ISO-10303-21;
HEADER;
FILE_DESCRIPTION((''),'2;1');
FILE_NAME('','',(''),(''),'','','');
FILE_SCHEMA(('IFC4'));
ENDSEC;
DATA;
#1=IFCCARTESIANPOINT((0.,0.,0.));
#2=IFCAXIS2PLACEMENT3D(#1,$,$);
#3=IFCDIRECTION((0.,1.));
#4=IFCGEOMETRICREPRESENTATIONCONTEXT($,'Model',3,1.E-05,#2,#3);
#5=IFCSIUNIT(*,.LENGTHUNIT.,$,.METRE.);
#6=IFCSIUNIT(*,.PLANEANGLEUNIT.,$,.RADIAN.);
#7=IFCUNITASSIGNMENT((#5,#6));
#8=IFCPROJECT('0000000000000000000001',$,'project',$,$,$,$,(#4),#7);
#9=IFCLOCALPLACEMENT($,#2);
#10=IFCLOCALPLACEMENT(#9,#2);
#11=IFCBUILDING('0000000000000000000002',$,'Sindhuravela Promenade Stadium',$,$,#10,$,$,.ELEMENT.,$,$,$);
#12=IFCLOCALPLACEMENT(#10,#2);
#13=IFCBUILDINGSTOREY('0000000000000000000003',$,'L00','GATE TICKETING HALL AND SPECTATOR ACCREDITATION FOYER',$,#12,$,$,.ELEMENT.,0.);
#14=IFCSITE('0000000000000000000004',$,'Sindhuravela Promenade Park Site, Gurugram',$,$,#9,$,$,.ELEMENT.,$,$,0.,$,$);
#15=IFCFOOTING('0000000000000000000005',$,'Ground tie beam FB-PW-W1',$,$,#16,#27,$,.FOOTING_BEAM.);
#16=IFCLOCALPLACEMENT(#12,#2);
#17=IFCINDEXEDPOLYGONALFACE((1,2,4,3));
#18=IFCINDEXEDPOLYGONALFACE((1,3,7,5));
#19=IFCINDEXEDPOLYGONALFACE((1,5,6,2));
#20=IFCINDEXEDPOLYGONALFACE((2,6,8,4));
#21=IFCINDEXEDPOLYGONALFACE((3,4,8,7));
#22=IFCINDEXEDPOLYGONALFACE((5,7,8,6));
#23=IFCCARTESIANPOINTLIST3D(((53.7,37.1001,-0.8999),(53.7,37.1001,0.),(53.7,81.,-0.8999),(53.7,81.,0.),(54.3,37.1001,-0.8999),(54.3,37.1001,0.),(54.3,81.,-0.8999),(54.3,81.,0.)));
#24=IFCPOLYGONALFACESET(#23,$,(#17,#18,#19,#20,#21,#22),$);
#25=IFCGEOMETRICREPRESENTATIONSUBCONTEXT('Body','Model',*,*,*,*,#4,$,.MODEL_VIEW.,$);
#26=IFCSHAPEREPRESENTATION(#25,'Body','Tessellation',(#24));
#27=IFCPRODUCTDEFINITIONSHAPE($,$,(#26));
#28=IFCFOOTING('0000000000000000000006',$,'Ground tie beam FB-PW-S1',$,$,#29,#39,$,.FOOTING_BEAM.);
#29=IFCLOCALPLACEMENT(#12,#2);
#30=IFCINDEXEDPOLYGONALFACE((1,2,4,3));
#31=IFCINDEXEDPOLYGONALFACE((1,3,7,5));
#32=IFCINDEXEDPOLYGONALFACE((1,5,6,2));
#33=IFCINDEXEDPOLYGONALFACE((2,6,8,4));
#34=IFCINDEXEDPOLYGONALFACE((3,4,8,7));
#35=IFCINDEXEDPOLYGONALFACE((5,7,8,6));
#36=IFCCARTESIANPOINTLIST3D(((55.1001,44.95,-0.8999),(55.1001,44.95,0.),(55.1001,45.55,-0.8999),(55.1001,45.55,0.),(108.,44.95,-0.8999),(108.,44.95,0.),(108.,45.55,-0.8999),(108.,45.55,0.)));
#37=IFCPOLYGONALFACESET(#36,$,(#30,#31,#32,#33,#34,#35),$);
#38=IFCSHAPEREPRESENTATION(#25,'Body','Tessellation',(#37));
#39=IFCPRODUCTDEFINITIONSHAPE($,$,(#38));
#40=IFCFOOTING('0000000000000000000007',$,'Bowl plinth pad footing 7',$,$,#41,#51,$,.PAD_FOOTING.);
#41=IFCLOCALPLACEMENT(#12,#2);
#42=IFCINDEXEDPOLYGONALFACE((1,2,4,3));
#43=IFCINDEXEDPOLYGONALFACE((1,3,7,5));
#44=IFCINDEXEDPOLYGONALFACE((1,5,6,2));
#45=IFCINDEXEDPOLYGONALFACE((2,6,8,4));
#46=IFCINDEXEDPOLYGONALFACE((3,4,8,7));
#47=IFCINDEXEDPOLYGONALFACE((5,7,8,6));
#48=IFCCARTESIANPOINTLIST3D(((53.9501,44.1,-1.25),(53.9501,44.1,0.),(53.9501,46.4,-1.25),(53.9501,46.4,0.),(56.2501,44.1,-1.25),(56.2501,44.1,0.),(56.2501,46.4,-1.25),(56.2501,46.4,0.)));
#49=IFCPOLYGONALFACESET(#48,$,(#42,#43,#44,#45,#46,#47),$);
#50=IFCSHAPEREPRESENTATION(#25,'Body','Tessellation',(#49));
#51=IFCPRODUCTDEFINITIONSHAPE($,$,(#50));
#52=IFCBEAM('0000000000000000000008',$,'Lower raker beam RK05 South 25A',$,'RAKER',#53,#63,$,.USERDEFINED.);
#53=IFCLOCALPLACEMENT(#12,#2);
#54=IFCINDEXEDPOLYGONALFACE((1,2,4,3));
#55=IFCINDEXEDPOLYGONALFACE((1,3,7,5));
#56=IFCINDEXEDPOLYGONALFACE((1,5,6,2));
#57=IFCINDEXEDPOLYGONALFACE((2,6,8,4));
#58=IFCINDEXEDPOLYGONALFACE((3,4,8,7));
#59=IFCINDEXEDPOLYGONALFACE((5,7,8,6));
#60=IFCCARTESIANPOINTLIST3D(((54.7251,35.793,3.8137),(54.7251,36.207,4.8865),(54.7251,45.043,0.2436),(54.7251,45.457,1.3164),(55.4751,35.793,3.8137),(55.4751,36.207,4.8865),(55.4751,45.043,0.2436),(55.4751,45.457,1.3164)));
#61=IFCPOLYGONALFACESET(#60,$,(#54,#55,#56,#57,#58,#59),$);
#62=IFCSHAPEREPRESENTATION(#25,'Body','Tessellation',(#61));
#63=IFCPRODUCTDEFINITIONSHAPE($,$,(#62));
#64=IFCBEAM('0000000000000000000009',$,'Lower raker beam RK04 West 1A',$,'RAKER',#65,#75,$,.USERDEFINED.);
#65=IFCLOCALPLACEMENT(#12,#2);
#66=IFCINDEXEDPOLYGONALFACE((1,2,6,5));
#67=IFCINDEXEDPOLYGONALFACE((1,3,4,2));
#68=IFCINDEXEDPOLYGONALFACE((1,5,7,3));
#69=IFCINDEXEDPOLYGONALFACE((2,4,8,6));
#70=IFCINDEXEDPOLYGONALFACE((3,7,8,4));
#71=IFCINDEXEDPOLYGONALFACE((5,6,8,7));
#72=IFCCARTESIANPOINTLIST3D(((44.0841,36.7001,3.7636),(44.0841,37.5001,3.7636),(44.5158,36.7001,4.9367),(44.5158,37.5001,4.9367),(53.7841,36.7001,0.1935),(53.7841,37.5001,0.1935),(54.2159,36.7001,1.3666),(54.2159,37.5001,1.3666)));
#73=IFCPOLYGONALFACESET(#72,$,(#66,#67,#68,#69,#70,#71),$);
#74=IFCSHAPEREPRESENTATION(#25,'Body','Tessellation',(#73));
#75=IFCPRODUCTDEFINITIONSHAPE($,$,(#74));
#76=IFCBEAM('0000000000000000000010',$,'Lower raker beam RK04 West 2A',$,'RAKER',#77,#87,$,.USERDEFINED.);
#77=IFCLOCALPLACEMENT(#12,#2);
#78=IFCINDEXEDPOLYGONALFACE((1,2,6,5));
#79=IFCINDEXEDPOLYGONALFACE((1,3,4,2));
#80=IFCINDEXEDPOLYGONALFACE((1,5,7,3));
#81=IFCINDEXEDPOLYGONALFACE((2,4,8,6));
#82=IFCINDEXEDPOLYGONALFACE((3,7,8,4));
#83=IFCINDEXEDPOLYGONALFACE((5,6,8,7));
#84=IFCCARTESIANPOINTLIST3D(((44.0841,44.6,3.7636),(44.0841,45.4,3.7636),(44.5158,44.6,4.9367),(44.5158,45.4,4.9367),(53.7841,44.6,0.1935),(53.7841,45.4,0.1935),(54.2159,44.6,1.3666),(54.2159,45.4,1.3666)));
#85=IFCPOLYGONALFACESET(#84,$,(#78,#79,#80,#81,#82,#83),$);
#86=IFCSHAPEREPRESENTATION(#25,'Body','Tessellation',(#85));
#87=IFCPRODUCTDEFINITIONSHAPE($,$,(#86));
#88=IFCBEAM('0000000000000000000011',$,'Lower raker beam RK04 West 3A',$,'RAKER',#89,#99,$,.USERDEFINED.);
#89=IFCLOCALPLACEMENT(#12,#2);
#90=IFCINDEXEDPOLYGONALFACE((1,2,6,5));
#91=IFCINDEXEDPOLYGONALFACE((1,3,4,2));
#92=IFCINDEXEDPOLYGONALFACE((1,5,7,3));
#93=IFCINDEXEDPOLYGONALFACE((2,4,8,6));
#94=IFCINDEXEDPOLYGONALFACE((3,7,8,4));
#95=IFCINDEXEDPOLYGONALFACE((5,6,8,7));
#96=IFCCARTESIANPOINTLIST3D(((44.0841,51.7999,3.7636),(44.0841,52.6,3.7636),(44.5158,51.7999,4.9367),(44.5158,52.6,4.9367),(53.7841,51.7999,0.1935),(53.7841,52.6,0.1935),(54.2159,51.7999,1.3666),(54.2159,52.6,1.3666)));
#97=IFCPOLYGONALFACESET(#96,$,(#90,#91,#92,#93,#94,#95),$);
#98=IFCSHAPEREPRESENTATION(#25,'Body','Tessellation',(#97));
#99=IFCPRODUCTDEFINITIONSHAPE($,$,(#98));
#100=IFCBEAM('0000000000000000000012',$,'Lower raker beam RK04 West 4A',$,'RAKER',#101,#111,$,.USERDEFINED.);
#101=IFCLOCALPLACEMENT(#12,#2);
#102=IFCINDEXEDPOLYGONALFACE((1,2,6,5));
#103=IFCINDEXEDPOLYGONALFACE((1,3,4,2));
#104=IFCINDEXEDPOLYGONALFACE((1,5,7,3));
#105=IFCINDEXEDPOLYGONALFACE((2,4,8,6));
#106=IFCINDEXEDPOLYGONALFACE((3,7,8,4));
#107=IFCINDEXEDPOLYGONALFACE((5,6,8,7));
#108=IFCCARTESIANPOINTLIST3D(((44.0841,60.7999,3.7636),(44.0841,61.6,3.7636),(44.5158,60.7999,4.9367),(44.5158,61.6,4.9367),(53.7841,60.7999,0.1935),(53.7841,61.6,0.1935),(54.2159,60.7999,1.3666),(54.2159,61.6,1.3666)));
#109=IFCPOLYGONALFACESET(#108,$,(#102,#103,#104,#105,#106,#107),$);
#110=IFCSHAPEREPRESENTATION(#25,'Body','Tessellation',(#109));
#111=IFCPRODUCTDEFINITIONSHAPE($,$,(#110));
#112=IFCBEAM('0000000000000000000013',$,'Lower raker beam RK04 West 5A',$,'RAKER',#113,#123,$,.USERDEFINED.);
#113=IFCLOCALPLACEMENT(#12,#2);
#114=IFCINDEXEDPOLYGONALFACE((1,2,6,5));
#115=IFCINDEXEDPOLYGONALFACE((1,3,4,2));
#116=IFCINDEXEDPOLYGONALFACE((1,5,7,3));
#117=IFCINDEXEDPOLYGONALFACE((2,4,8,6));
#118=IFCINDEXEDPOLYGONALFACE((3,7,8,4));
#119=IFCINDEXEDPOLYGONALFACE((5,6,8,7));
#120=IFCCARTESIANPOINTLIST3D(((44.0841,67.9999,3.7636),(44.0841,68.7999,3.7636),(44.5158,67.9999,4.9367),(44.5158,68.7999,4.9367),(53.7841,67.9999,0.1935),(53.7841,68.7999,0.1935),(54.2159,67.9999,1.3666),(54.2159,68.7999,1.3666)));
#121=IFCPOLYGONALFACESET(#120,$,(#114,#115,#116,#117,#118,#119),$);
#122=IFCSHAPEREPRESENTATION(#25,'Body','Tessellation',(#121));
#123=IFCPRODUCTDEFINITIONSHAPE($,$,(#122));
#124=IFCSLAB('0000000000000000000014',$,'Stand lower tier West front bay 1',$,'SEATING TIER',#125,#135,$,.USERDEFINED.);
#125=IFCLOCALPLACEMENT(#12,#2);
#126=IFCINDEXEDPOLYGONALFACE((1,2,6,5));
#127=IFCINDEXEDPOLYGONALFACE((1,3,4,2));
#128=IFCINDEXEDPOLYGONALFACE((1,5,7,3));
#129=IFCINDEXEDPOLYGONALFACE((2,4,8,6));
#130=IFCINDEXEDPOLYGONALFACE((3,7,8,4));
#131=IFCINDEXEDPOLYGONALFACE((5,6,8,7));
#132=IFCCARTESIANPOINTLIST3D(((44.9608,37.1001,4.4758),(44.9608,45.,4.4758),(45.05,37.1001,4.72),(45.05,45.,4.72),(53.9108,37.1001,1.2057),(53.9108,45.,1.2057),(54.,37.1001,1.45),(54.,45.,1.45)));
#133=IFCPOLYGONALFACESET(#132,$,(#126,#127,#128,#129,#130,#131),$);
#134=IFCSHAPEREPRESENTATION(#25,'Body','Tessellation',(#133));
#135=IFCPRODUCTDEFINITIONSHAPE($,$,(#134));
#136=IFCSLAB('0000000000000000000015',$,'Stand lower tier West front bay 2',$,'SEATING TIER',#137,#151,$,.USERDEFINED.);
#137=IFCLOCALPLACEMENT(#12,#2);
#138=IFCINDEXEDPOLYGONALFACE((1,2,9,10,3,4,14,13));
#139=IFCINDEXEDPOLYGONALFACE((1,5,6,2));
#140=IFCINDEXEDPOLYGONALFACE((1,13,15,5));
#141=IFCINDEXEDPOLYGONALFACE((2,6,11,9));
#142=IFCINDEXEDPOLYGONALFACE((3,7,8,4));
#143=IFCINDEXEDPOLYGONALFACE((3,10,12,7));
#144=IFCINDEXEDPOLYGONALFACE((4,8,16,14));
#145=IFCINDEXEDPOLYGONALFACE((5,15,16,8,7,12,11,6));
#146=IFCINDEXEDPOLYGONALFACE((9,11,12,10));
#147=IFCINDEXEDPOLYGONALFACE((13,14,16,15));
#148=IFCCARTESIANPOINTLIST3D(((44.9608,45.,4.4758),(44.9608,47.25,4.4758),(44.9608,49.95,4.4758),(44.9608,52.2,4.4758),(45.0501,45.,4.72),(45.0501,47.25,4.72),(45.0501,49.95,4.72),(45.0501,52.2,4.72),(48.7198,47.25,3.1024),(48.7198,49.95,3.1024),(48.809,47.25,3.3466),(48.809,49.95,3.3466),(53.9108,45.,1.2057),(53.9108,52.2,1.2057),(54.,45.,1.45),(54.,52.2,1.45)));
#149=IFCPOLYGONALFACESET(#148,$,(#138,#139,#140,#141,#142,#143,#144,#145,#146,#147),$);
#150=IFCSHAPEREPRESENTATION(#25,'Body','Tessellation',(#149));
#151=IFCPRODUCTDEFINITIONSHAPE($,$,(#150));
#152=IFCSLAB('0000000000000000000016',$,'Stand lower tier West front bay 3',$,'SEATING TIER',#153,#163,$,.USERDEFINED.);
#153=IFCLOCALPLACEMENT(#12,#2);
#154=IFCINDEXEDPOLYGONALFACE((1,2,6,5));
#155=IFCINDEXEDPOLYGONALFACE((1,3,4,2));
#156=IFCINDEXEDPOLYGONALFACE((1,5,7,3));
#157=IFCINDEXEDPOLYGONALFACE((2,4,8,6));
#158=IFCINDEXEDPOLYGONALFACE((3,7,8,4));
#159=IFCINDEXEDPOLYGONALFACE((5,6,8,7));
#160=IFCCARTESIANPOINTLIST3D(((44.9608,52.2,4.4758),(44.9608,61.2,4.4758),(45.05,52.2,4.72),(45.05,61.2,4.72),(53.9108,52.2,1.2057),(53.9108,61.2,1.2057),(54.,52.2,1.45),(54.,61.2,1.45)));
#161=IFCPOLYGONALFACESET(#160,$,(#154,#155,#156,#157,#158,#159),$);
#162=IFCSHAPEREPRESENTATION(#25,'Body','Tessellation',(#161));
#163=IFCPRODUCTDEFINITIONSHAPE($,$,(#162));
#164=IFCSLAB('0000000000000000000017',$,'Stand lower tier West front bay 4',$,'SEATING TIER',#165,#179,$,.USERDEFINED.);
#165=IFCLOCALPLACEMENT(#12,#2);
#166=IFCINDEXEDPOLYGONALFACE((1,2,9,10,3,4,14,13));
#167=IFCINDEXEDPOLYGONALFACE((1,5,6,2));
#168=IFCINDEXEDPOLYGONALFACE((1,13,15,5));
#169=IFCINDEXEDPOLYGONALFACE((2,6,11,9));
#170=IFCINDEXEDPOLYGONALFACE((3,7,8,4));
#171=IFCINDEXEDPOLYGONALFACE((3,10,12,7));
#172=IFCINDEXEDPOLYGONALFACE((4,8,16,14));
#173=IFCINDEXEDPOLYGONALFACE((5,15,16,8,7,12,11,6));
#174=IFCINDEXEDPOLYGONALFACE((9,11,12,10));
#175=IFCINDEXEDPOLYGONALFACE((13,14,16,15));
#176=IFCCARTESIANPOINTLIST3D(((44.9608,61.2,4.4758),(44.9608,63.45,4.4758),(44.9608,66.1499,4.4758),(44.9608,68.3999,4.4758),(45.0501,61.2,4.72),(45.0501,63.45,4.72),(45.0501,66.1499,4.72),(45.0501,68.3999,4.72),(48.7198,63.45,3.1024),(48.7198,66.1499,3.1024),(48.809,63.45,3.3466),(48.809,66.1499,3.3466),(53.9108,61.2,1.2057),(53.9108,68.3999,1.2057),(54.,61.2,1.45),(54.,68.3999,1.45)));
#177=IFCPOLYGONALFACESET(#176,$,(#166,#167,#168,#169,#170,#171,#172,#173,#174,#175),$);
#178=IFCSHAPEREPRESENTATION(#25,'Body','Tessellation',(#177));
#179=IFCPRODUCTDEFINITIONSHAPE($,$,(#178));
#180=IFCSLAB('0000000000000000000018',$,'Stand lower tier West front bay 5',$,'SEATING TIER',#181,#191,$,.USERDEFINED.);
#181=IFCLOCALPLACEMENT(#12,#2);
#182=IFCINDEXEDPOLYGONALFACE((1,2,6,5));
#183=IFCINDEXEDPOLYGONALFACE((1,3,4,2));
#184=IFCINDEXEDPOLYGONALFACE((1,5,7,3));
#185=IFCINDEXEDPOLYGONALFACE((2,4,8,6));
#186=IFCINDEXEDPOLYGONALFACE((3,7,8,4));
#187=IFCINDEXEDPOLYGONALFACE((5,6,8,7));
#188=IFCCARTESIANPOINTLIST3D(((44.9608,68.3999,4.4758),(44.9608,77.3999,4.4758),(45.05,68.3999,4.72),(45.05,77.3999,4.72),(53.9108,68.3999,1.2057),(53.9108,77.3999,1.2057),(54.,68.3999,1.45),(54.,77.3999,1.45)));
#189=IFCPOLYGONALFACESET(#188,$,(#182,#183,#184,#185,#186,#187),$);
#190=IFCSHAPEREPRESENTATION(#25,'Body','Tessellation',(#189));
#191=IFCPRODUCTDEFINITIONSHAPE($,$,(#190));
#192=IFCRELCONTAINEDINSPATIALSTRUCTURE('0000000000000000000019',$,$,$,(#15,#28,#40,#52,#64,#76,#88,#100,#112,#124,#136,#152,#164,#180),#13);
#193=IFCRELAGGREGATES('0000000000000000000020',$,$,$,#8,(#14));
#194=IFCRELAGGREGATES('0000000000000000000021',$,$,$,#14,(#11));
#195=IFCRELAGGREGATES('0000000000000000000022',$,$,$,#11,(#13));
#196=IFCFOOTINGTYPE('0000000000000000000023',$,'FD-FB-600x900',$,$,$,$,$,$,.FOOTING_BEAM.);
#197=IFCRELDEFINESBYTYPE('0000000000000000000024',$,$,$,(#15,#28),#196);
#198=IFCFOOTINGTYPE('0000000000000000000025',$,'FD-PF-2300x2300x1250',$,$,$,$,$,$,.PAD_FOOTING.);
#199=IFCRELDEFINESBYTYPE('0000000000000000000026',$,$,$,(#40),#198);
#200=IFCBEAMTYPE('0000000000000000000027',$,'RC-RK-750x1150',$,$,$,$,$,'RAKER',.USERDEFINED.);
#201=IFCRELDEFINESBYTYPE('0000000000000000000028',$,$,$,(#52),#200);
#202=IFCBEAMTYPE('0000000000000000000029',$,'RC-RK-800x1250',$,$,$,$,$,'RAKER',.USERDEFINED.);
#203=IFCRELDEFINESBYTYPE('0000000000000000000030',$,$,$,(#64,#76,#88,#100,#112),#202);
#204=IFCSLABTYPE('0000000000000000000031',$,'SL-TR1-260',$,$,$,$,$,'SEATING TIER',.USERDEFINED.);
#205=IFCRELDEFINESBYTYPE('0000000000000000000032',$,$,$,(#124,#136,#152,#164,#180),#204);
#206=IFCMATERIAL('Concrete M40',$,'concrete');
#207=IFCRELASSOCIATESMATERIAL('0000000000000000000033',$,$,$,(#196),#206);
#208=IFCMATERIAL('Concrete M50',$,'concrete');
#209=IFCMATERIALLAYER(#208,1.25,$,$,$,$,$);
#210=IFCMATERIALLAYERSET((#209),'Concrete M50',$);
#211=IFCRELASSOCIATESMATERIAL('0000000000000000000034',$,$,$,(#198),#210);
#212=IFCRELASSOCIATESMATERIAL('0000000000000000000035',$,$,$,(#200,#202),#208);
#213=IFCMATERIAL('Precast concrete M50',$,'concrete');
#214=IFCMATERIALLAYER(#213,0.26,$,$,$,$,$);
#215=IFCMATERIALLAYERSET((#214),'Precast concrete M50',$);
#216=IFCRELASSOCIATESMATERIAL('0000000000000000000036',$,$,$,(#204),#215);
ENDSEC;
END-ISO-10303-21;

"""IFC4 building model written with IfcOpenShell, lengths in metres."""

from ifc_helpers import new_model, si_unit, direction, frame, origin, origin_2d, place, context, subcontext, project, spatial, polyline, rectangle, outline, extrude, material, layer, layer_set, material_profile, profile_set, type_object, element, save


model = new_model("IFC4")

# Units and contexts
model_context = context("Model", 3, precision=1e-05, world=origin(), true_north=direction((0.0, 1.0)))
body_context = subcontext(model_context, "Body", "Model", "MODEL_VIEW")
ifc_project = project(units=[si_unit("LENGTHUNIT", "METRE"), si_unit("PLANEANGLEUNIT", "RADIAN")], contexts=[model_context])

# Site, building, storey
site_placement = place(None, origin())
site = spatial("IfcSite", under=ifc_project, at=site_placement, Name="Sindhuravela Promenade Park Site, Gurugram", CompositionType="ELEMENT", RefElevation=0.0)
building_placement = place(site_placement, origin())
building = spatial("IfcBuilding", under=site, at=building_placement, Name="Sindhuravela Promenade Stadium", CompositionType="ELEMENT")
storey_placement = place(building_placement, origin())
storey = spatial("IfcBuildingStorey", under=building, at=storey_placement, Name="L00", Description="GATE TICKETING HALL AND SPECTATOR ACCREDITATION FOYER", CompositionType="ELEMENT", Elevation=0.0)

# Footings
ifc_material_1 = material(Name="Concrete M40", Category="concrete")
ifc_material_profile_1 = material_profile(ifc_material_1, rectangle(XDim=0.6001, YDim=0.8999, at=origin_2d()), Name="RC 600x900")
ifc_profile_set_1 = profile_set([ifc_material_profile_1], Name="Concrete M40")
footing_type_1 = type_object("IfcFootingType", Name="FD-FB-600x900", PredefinedType="FOOTING_BEAM", material=ifc_profile_set_1)
footing_1_placement = place(storey_placement, frame((54.0, 37.1001, -0.45), z_axis=(0.0, 1.0, 0.0), x_axis=(-1.0, 0.0, 0.0)))
element("IfcFooting", 1, at=footing_1_placement, inside=storey, type_object=footing_type_1, Name="Ground tie beam FB-PW-W1", PredefinedType="FOOTING_BEAM", context=body_context, shape_type="SweptSolid", body=[
    extrude(rectangle(XDim=0.6001, YDim=0.8999, at=origin_2d()), origin(), (0.0, 0.0, 1.0), 43.8999),
])
footing_2_placement = place(storey_placement, frame((55.1001, 45.25, -0.45), z_axis=(1.0, 0.0, 0.0), x_axis=(0.0, 1.0, 0.0)))
element("IfcFooting", 2, at=footing_2_placement, inside=storey, type_object=footing_type_1, Name="Ground tie beam FB-PW-S1", PredefinedType="FOOTING_BEAM", context=body_context, shape_type="SweptSolid", body=[
    extrude(rectangle(XDim=0.6001, YDim=0.8999, at=origin_2d()), origin(), (0.0, 0.0, 1.0), 52.8999),
])
ifc_material_2 = material(Name="Concrete M50", Category="concrete")
ifc_layer_1 = layer(ifc_material_2, 1.25)
ifc_layer_set_1 = layer_set([ifc_layer_1], Name="Concrete M50")
footing_type_2 = type_object("IfcFootingType", Name="FD-PF-2300x2300x1250", PredefinedType="PAD_FOOTING", material=ifc_layer_set_1)
footing_3_placement = place(storey_placement, frame((55.1001, 45.25, -1.25), z_axis=(0.0, 0.0, 1.0), x_axis=(1.0, 0.0, 0.0)))
element("IfcFooting", 3, at=footing_3_placement, inside=storey, type_object=footing_type_2, Name="Bowl plinth pad footing 7", PredefinedType="PAD_FOOTING", context=body_context, shape_type="SweptSolid", body=[
    extrude(rectangle(XDim=2.3, YDim=2.3, at=origin_2d()), origin(), (0.0, 0.0, 1.0), 1.25),
])

# Beams
ifc_material_profile_2 = material_profile(ifc_material_2, rectangle(XDim=0.75, YDim=1.1499, at=origin_2d()), Name="RC 750x1150")
ifc_profile_set_2 = profile_set([ifc_material_profile_2], Name="Concrete M50")
beam_type_1 = type_object("IfcBeamType", Name="RC-RK-750x1150", ElementType="RAKER", PredefinedType="USERDEFINED", material=ifc_profile_set_2)
beam_placement = place(storey_placement, frame((55.1001, 45.25, 0.78), z_axis=(0.0, -0.932927, 0.360066), x_axis=(1.0, 0.0, 0.0)))
element("IfcBeam", 4, at=beam_placement, inside=storey, type_object=beam_type_1, Name="Lower raker beam RK05 South 25A", ObjectType="RAKER", PredefinedType="USERDEFINED", context=body_context, shape_type="SweptSolid", body=[
    extrude(rectangle(XDim=0.75, YDim=1.1499, at=origin_2d()), origin(), (0.0, 0.0, 1.0), 9.915),
])
ifc_material_profile_3 = material_profile(ifc_material_2, rectangle(XDim=0.8, YDim=1.25, at=origin_2d()), Name="RC 800x1250")
ifc_profile_set_3 = profile_set([ifc_material_profile_3], Name="Concrete M50")
beam_type_2 = type_object("IfcBeamType", Name="RC-RK-800x1250", ElementType="RAKER", PredefinedType="USERDEFINED", material=ifc_profile_set_3)
for number, where, z_axis, x_axis, name in (
    (5, (54.0, 37.1001, 0.78), (-0.938456, 0.0, 0.345399), (0.0, -1.0, 0.0), "Lower raker beam RK04 West 1A"),
    (6, (54.0, 45.0, 0.78), (-0.938456, 0.0, 0.345399), (0.0, -1.0, 0.0), "Lower raker beam RK04 West 2A"),
    (7, (54.0, 52.2, 0.78), (-0.938456, 0.0, 0.345399), (0.0, -1.0, 0.0), "Lower raker beam RK04 West 3A"),
    (8, (54.0, 61.2, 0.78), (-0.938456, 0.0, 0.345399), (0.0, -1.0, 0.0), "Lower raker beam RK04 West 4A"),
    (9, (54.0, 68.3999, 0.78), (-0.938456, 0.0, 0.345399), (0.0, -1.0, 0.0), "Lower raker beam RK04 West 5A"),
):
    element("IfcBeam", number, at=place(storey_placement, frame(where, z_axis=z_axis, x_axis=x_axis)), inside=storey, type_object=beam_type_2, Name=name, ObjectType="RAKER", PredefinedType="USERDEFINED", context=body_context, shape_type="SweptSolid", body=[
        extrude(rectangle(XDim=0.8, YDim=1.25, at=origin_2d()), origin(), (0.0, 0.0, 1.0), 10.3362),
    ])

# Slabs
ifc_material_3 = material(Name="Precast concrete M50", Category="concrete")
ifc_layer_2 = layer(ifc_material_3, 0.26)
ifc_layer_set_2 = layer_set([ifc_layer_2], Name="Precast concrete M50")
slab_type = type_object("IfcSlabType", Name="SL-TR1-260", ElementType="SEATING TIER", PredefinedType="USERDEFINED", material=ifc_layer_set_2)
slab_1_placement = place(storey_placement, frame((54.0, 37.1001, 1.45), z_axis=(0.343179, 0.0, 0.93927), x_axis=(0.0, 1.0, 0.0)))
element("IfcSlab", 10, at=slab_1_placement, inside=storey, type_object=slab_type, Name="Stand lower tier West front bay 1", ObjectType="SEATING TIER", PredefinedType="USERDEFINED", context=body_context, shape_type="SweptSolid", body=[
    extrude(outline(polyline([(0.0, 0.0), (7.8999, 0.0), (7.8999, 9.5286), (0.0, 9.5286), (0.0, 0.0)])), origin(), (0.0, 0.0, -1.0), 0.26),
])
slab_2_placement = place(storey_placement, frame((54.0, 45.0, 1.45), z_axis=(0.343184, 0.0, 0.939268), x_axis=(0.0, 1.0, 0.0)))
element("IfcSlab", 11, at=slab_2_placement, inside=storey, type_object=slab_type, Name="Stand lower tier West front bay 2", ObjectType="SEATING TIER", PredefinedType="USERDEFINED", context=body_context, shape_type="SweptSolid", body=[
    extrude(outline(polyline([(0.0, 0.0), (7.2, 0.0), (7.2, 9.5286), (4.95, 9.5286), (4.95, 5.5266), (2.25, 5.5266), (2.25, 9.5286), (0.0, 9.5286), (0.0, 0.0)])), origin(), (0.0, 0.0, -1.0), 0.26),
])
slab_3_placement = place(storey_placement, frame((54.0, 52.2, 1.45), z_axis=(0.343179, 0.0, 0.93927), x_axis=(0.0, 1.0, 0.0)))
element("IfcSlab", 12, at=slab_3_placement, inside=storey, type_object=slab_type, Name="Stand lower tier West front bay 3", ObjectType="SEATING TIER", PredefinedType="USERDEFINED", context=body_context, shape_type="SweptSolid", body=[
    extrude(outline(polyline([(0.0, 0.0), (9.0, 0.0), (9.0, 9.5286), (0.0, 9.5286), (0.0, 0.0)])), origin(), (0.0, 0.0, -1.0), 0.26),
])
slab_4_placement = place(storey_placement, frame((54.0, 61.2, 1.45), z_axis=(0.343184, 0.0, 0.939268), x_axis=(0.0, 1.0, 0.0)))
element("IfcSlab", 13, at=slab_4_placement, inside=storey, type_object=slab_type, Name="Stand lower tier West front bay 4", ObjectType="SEATING TIER", PredefinedType="USERDEFINED", context=body_context, shape_type="SweptSolid", body=[
    extrude(outline(polyline([(0.0, 0.0), (7.2, 0.0), (7.2, 9.5286), (4.95, 9.5286), (4.95, 5.5266), (2.25, 5.5266), (2.25, 9.5286), (0.0, 9.5286), (0.0, 0.0)])), origin(), (0.0, 0.0, -1.0), 0.26),
])
slab_5_placement = place(storey_placement, frame((54.0, 68.3999, 1.45), z_axis=(0.343179, 0.0, 0.93927), x_axis=(0.0, 1.0, 0.0)))
element("IfcSlab", 14, at=slab_5_placement, inside=storey, type_object=slab_type, Name="Stand lower tier West front bay 5", ObjectType="SEATING TIER", PredefinedType="USERDEFINED", context=body_context, shape_type="SweptSolid", body=[
    extrude(outline(polyline([(0.0, 0.0), (9.0, 0.0), (9.0, 9.5286), (0.0, 9.5286), (0.0, 0.0)])), origin(), (0.0, 0.0, -1.0), 0.26),
])

save(model, "model.ifc")
